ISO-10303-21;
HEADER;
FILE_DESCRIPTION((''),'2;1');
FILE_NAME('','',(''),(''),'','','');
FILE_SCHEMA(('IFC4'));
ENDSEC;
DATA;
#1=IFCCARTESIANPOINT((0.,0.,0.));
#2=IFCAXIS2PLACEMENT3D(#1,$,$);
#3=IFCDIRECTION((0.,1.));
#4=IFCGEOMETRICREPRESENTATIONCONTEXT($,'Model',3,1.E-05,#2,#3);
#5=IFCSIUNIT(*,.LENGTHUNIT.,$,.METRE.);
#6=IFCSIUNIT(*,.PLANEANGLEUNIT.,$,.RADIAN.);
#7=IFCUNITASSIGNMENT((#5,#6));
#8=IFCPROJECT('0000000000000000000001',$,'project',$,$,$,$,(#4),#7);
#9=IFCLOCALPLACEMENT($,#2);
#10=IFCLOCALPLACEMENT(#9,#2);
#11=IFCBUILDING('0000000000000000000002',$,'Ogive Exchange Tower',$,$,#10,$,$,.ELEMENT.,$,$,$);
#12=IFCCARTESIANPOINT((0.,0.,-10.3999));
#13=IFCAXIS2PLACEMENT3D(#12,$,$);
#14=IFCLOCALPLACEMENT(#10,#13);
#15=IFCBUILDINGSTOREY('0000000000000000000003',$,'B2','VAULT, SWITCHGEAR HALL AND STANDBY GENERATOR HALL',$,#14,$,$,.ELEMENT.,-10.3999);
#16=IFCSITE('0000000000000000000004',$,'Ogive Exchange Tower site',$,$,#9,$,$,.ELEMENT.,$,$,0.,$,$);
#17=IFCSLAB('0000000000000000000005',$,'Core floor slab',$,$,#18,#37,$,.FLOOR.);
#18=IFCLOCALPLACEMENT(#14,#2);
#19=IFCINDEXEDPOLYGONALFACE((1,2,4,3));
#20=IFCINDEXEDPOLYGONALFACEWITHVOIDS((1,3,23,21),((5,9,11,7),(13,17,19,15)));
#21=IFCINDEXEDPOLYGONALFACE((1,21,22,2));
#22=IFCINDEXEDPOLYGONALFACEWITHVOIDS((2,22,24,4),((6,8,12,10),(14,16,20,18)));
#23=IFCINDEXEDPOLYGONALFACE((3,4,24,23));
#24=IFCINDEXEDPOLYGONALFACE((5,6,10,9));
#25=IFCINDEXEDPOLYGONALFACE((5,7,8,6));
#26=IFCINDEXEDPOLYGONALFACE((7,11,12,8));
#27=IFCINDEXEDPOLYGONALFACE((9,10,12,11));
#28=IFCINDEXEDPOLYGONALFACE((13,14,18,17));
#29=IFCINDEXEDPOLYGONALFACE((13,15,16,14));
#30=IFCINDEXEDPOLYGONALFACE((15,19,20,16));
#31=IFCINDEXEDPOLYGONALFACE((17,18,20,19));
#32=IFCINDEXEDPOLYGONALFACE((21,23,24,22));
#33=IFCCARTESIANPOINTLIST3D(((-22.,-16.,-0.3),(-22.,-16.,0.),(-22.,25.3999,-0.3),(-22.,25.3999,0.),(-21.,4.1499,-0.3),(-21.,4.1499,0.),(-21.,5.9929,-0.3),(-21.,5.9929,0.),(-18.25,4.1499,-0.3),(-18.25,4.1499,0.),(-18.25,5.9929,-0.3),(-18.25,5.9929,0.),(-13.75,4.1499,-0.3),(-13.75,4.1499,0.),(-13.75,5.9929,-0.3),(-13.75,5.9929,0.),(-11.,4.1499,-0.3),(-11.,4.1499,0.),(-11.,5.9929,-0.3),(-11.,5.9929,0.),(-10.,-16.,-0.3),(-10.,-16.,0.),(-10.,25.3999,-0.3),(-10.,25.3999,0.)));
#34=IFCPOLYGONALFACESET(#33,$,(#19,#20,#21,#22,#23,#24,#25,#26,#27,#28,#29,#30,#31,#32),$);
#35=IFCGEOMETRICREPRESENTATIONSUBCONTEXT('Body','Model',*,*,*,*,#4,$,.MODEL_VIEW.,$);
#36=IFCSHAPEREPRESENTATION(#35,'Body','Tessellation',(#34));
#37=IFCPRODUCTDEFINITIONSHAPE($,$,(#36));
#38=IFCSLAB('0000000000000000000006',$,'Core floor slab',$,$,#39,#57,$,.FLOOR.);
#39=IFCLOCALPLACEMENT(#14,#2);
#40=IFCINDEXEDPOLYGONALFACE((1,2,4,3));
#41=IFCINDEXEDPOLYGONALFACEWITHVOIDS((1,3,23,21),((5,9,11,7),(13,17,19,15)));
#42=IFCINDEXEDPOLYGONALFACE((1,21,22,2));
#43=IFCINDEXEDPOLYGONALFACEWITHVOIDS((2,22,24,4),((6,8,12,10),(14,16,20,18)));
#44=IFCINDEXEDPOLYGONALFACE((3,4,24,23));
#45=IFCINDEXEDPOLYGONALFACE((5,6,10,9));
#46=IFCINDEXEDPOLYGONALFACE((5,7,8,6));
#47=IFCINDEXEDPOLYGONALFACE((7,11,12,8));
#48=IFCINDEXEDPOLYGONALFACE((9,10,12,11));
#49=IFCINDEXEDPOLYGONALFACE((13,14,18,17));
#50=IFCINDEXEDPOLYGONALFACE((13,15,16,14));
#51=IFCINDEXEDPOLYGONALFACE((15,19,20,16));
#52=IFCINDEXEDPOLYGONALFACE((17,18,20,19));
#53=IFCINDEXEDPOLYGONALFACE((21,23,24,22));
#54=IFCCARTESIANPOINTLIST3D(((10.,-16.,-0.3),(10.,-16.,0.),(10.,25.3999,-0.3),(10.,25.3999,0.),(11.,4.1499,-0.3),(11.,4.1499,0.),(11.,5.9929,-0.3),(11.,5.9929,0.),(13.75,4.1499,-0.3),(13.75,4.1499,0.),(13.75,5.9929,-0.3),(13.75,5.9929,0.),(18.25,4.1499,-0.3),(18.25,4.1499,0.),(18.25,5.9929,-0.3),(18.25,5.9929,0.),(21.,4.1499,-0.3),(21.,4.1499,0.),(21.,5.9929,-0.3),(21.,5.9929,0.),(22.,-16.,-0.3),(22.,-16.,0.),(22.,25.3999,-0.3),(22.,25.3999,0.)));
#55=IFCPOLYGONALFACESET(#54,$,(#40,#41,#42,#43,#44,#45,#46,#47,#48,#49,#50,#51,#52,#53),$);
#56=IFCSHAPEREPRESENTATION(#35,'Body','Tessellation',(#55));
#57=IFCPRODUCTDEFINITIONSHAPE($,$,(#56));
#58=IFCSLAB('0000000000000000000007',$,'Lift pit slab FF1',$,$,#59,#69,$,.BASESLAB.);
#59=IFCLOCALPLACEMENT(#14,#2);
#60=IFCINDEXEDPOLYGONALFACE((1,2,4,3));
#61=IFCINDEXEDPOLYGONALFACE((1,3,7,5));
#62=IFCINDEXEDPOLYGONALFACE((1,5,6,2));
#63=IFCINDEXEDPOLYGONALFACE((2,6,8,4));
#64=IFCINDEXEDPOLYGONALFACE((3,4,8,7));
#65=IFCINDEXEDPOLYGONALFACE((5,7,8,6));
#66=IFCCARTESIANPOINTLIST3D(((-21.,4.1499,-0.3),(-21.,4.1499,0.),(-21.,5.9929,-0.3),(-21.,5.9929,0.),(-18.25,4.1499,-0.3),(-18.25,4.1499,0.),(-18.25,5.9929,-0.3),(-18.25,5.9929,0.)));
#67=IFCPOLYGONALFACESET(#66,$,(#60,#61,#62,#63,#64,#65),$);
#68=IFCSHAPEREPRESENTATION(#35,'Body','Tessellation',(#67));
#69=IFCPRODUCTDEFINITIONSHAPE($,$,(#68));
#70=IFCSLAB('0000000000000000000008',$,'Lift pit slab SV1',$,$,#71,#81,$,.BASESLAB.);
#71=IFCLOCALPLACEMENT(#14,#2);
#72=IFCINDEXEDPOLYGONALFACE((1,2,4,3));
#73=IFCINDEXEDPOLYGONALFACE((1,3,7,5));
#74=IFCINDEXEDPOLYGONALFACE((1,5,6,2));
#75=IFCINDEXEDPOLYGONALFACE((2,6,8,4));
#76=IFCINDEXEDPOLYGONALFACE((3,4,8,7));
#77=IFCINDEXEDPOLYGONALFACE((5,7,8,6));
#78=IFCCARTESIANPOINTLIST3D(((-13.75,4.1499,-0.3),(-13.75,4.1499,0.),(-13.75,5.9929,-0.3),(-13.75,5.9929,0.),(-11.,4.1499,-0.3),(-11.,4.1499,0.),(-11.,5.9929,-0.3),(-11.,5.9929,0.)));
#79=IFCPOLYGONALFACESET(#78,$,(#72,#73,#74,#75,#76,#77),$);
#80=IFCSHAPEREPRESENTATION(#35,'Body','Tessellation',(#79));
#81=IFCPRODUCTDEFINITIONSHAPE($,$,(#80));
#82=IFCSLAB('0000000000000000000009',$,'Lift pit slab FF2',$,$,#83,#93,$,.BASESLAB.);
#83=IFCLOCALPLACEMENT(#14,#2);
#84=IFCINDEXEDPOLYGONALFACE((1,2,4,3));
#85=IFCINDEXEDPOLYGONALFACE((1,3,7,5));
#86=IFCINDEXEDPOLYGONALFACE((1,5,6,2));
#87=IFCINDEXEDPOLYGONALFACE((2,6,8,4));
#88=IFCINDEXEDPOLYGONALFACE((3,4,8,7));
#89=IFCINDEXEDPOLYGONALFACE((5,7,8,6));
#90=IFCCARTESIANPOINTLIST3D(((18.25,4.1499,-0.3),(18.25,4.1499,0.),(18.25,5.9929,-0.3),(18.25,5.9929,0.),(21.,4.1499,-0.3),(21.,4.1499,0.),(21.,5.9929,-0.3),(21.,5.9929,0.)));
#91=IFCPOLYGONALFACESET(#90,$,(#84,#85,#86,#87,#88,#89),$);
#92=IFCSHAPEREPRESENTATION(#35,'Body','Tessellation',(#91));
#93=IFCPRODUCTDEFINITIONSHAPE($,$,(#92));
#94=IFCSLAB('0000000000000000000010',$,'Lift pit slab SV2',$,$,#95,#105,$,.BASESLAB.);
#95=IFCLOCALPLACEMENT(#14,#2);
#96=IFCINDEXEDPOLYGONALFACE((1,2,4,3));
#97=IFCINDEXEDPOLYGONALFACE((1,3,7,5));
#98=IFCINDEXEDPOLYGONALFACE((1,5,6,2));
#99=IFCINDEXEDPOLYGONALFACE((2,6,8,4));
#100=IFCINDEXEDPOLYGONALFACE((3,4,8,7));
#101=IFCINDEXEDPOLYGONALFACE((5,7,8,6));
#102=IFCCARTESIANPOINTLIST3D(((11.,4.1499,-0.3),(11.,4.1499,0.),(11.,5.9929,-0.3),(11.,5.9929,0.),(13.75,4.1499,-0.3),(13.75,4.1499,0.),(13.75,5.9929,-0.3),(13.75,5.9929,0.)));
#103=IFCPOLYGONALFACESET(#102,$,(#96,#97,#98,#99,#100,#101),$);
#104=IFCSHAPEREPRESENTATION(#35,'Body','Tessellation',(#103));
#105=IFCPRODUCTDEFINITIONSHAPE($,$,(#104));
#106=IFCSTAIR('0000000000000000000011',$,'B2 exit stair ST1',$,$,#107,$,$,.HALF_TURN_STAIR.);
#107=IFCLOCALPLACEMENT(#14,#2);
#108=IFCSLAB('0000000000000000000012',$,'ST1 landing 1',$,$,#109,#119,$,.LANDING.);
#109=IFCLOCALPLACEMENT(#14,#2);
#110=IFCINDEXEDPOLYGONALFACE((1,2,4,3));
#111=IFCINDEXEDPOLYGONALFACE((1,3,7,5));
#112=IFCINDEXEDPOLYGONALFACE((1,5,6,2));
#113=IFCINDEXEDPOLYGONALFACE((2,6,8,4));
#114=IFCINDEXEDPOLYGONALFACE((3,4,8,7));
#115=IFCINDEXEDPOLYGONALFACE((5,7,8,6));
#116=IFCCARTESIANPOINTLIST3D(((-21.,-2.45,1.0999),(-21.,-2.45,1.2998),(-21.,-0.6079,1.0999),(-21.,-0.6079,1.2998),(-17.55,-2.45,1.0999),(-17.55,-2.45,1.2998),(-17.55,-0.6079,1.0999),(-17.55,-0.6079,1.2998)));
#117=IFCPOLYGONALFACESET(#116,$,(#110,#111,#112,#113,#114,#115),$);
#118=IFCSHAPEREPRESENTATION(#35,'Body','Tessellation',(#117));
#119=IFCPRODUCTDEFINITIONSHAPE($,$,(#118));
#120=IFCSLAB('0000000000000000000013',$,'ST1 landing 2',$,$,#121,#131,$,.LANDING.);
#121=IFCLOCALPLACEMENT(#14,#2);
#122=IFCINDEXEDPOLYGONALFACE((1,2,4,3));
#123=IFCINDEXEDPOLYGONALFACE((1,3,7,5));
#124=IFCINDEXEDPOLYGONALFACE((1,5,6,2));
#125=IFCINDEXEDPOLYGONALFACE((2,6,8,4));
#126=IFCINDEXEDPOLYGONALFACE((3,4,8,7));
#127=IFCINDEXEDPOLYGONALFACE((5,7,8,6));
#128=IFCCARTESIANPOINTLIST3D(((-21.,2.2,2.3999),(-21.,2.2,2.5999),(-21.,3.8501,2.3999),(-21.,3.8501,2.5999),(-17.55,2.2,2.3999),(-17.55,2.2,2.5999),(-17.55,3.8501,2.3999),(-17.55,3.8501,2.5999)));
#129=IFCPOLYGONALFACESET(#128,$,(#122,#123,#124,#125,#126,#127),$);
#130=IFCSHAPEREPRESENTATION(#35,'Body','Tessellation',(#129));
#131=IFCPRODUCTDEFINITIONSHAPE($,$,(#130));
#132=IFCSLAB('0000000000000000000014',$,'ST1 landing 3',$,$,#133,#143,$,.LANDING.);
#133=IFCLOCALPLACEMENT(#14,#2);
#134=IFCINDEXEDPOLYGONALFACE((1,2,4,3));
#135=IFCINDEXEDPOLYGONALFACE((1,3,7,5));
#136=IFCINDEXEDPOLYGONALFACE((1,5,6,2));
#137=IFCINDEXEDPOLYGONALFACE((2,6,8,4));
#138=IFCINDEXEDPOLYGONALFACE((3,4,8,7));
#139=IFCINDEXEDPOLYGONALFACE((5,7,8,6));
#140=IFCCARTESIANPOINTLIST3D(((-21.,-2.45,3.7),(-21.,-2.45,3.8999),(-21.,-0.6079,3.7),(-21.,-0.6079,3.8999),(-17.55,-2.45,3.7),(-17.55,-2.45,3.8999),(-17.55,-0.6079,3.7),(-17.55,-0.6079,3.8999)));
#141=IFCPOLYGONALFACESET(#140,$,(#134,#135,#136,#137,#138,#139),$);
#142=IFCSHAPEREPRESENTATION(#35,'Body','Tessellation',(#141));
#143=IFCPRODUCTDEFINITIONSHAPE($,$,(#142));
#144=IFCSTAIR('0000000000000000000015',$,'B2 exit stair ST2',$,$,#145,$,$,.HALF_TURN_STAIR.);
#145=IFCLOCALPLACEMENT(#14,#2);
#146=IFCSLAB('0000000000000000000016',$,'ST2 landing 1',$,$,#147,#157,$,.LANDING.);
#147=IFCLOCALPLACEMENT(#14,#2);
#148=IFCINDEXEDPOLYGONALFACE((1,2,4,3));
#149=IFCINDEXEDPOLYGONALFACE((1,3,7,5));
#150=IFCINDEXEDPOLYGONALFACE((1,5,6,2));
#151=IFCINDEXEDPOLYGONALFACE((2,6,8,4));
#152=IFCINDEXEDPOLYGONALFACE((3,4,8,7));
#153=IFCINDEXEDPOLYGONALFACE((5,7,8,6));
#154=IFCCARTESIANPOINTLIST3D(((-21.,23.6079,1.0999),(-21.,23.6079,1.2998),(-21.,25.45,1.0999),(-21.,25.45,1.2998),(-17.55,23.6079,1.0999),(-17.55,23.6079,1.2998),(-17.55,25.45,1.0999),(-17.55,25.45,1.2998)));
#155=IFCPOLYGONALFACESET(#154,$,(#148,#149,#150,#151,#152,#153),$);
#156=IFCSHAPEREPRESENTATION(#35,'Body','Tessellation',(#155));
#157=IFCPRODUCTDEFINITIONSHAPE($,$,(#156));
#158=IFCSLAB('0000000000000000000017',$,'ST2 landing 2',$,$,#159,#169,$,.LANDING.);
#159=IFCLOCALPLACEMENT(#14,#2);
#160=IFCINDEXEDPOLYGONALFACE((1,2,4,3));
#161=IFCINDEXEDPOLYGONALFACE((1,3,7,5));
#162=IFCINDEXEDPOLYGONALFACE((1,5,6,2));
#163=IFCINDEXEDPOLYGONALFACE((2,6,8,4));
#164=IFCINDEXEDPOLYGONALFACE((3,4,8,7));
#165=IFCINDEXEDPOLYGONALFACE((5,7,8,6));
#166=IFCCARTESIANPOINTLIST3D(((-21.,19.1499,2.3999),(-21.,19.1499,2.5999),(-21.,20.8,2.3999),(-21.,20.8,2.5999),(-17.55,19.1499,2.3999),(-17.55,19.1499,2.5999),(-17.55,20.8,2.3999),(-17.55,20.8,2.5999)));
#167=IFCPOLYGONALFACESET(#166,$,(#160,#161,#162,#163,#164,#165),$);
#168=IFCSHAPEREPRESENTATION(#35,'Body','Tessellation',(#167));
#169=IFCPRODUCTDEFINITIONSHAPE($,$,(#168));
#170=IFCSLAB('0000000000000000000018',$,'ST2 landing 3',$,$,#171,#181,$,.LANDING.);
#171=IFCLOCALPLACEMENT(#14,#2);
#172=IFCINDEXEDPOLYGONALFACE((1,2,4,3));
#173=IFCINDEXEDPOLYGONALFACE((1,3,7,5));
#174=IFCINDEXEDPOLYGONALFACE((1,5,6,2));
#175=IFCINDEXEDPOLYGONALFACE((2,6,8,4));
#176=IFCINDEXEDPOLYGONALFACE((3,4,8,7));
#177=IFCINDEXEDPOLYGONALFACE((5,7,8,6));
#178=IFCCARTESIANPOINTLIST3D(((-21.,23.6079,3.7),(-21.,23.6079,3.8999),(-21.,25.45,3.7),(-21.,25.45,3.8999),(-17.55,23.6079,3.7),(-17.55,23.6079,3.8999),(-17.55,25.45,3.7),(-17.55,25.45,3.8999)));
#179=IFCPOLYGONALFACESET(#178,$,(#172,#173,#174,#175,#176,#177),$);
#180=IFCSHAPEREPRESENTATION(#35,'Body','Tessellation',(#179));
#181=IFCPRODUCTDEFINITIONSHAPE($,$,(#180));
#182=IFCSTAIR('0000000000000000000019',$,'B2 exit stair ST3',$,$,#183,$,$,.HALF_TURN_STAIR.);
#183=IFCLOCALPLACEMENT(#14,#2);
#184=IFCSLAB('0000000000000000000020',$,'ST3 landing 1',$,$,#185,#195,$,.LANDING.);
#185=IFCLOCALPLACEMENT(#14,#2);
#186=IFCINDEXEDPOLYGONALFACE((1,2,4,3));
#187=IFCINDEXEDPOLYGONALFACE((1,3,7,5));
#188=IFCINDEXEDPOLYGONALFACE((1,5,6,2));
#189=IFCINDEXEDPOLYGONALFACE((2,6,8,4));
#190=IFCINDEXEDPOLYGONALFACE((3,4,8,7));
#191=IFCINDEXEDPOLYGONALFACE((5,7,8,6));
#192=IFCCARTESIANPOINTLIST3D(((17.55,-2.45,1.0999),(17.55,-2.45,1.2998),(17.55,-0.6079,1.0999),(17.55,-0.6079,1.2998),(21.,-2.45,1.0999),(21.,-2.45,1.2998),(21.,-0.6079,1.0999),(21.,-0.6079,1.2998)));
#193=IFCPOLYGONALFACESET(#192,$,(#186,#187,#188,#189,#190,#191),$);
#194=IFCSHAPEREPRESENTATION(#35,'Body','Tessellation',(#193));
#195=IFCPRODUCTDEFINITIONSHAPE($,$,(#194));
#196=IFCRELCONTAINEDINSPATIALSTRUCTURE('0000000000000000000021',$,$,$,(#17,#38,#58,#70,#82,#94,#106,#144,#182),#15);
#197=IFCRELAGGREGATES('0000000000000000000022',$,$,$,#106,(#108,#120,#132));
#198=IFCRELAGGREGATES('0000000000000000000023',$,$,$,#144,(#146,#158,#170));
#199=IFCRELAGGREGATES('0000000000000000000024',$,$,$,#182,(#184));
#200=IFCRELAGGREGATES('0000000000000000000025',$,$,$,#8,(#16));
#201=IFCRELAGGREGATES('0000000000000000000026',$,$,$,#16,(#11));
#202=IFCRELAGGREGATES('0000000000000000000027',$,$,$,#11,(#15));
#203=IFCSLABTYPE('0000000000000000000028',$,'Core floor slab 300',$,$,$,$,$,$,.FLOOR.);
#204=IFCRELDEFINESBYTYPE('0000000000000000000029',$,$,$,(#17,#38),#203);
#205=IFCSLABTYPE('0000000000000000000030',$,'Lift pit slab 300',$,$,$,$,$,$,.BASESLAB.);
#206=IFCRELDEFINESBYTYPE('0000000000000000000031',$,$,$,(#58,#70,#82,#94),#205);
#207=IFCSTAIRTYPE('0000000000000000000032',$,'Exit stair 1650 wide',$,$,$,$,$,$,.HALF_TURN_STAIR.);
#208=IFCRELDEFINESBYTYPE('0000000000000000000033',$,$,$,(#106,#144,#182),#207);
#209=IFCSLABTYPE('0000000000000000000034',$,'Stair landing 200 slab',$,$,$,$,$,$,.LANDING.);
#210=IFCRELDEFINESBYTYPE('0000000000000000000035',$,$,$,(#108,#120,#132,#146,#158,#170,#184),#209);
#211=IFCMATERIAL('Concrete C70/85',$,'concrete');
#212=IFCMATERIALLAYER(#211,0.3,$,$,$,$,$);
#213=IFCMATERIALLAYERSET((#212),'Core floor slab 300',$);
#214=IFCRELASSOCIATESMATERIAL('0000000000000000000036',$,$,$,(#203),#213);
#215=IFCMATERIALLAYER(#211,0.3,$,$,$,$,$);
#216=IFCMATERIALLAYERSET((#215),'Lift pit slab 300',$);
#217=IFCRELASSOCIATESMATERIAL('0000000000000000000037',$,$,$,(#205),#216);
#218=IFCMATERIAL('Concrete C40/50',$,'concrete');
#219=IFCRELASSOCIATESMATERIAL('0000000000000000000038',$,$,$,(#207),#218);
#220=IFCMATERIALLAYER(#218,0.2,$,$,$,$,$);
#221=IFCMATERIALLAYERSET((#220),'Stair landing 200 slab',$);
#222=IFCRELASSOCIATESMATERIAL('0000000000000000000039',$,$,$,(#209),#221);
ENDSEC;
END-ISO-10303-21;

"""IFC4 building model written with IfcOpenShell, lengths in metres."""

from ifc_helpers import new_model, si_unit, direction, frame, origin, place, context, subcontext, project, spatial, polyline, outline, extrude, material, layer, layer_set, type_object, element, aggregate, save


model = new_model("IFC4")

# Units and contexts
model_context = context("Model", 3, precision=1e-05, world=origin(), true_north=direction((0.0, 1.0)))
body_context = subcontext(model_context, "Body", "Model", "MODEL_VIEW")
ifc_project = project(units=[si_unit("LENGTHUNIT", "METRE"), si_unit("PLANEANGLEUNIT", "RADIAN")], contexts=[model_context])

# Site, building, storey
site_placement = place(None, origin())
site = spatial("IfcSite", under=ifc_project, at=site_placement, Name="Ogive Exchange Tower site", CompositionType="ELEMENT", RefElevation=0.0)
building_placement = place(site_placement, origin())
building = spatial("IfcBuilding", under=site, at=building_placement, Name="Ogive Exchange Tower", CompositionType="ELEMENT")
storey_placement = place(building_placement, frame((0.0, 0.0, -10.3999)))
storey = spatial("IfcBuildingStorey", under=building, at=storey_placement, Name="B2", Description="VAULT, SWITCHGEAR HALL AND STANDBY GENERATOR HALL", CompositionType="ELEMENT", Elevation=-10.3999)

# Slabs
ifc_material_1 = material(Name="Concrete C70/85", Category="concrete")
ifc_layer_1 = layer(ifc_material_1, 0.3)
ifc_layer_set_1 = layer_set([ifc_layer_1], Name="Core floor slab 300")
slab_type_1 = type_object("IfcSlabType", Name="Core floor slab 300", PredefinedType="FLOOR", material=ifc_layer_set_1)
slab_1_placement = place(storey_placement, frame((0.0, 0.0, -0.3)))
element("IfcSlab", 1, at=slab_1_placement, inside=storey, type_object=slab_type_1, Name="Core floor slab", PredefinedType="FLOOR", context=body_context, shape_type="SweptSolid", body=[
    extrude(outline(polyline([(-22.0, -16.0), (-22.0, 25.3999), (-10.0, 25.3999), (-10.0, -16.0), (-22.0, -16.0)]), holes=[polyline([(-21.0, 4.1499), (-18.25, 4.1499), (-18.25, 5.9929), (-21.0, 5.9929), (-21.0, 4.1499)]), polyline([(-13.75, 4.1499), (-11.0, 4.1499), (-11.0, 5.9929), (-13.75, 5.9929), (-13.75, 4.1499)])]), origin(), (0.0, 0.0, 1.0), 0.3),
])
slab_2_placement = place(storey_placement, frame((0.0, 0.0, -0.3)))
element("IfcSlab", 2, at=slab_2_placement, inside=storey, type_object=slab_type_1, Name="Core floor slab", PredefinedType="FLOOR", context=body_context, shape_type="SweptSolid", body=[
    extrude(outline(polyline([(10.0, -16.0), (10.0, 25.3999), (22.0, 25.3999), (22.0, -16.0), (10.0, -16.0)]), holes=[polyline([(11.0, 4.1499), (13.75, 4.1499), (13.75, 5.9929), (11.0, 5.9929), (11.0, 4.1499)]), polyline([(18.25, 4.1499), (21.0, 4.1499), (21.0, 5.9929), (18.25, 5.9929), (18.25, 4.1499)])]), origin(), (0.0, 0.0, 1.0), 0.3),
])
ifc_layer_2 = layer(ifc_material_1, 0.3)
ifc_layer_set_2 = layer_set([ifc_layer_2], Name="Lift pit slab 300")
slab_type_2 = type_object("IfcSlabType", Name="Lift pit slab 300", PredefinedType="BASESLAB", material=ifc_layer_set_2)
slab_3_placement = place(storey_placement, frame((0.0, 0.0, -0.3)))
element("IfcSlab", 3, at=slab_3_placement, inside=storey, type_object=slab_type_2, Name="Lift pit slab FF1", PredefinedType="BASESLAB", context=body_context, shape_type="SweptSolid", body=[
    extrude(outline(polyline([(-21.0, 4.1499), (-18.25, 4.1499), (-18.25, 5.9929), (-21.0, 5.9929), (-21.0, 4.1499)])), origin(), (0.0, 0.0, 1.0), 0.3),
])
slab_4_placement = place(storey_placement, frame((0.0, 0.0, -0.3)))
element("IfcSlab", 4, at=slab_4_placement, inside=storey, type_object=slab_type_2, Name="Lift pit slab SV1", PredefinedType="BASESLAB", context=body_context, shape_type="SweptSolid", body=[
    extrude(outline(polyline([(-13.75, 4.1499), (-11.0, 4.1499), (-11.0, 5.9929), (-13.75, 5.9929), (-13.75, 4.1499)])), origin(), (0.0, 0.0, 1.0), 0.3),
])
slab_5_placement = place(storey_placement, frame((0.0, 0.0, -0.3)))
element("IfcSlab", 5, at=slab_5_placement, inside=storey, type_object=slab_type_2, Name="Lift pit slab FF2", PredefinedType="BASESLAB", context=body_context, shape_type="SweptSolid", body=[
    extrude(outline(polyline([(18.25, 4.1499), (21.0, 4.1499), (21.0, 5.9929), (18.25, 5.9929), (18.25, 4.1499)])), origin(), (0.0, 0.0, 1.0), 0.3),
])
slab_6_placement = place(storey_placement, frame((0.0, 0.0, -0.3)))
element("IfcSlab", 6, at=slab_6_placement, inside=storey, type_object=slab_type_2, Name="Lift pit slab SV2", PredefinedType="BASESLAB", context=body_context, shape_type="SweptSolid", body=[
    extrude(outline(polyline([(11.0, 4.1499), (13.75, 4.1499), (13.75, 5.9929), (11.0, 5.9929), (11.0, 4.1499)])), origin(), (0.0, 0.0, 1.0), 0.3),
])

# Stairs, slabs
ifc_material_2 = material(Name="Concrete C40/50", Category="concrete")
stair_type = type_object("IfcStairType", Name="Exit stair 1650 wide", PredefinedType="HALF_TURN_STAIR", material=ifc_material_2)
stair_1_placement = place(storey_placement, origin())
stair_1 = element("IfcStair", 7, at=stair_1_placement, inside=storey, type_object=stair_type, Name="B2 exit stair ST1", PredefinedType="HALF_TURN_STAIR")
ifc_layer_3 = layer(ifc_material_2, 0.2)
ifc_layer_set_3 = layer_set([ifc_layer_3], Name="Stair landing 200 slab")
slab_type_3 = type_object("IfcSlabType", Name="Stair landing 200 slab", PredefinedType="LANDING", material=ifc_layer_set_3)
slab_7_placement = place(storey_placement, frame((0.0, 0.0, 1.0999)))
slab_7 = element("IfcSlab", 8, at=slab_7_placement, type_object=slab_type_3, Name="ST1 landing 1", PredefinedType="LANDING", context=body_context, shape_type="SweptSolid", body=[
    extrude(outline(polyline([(-21.0, -0.6079), (-21.0, -2.45), (-17.55, -2.45), (-17.55, -0.6079), (-21.0, -0.6079)])), origin(), (0.0, 0.0, 1.0), 0.2),
])
slab_8_placement = place(storey_placement, frame((0.0, 0.0, 2.3999)))
slab_8 = element("IfcSlab", 9, at=slab_8_placement, type_object=slab_type_3, Name="ST1 landing 2", PredefinedType="LANDING", context=body_context, shape_type="SweptSolid", body=[
    extrude(outline(polyline([(-21.0, 3.8501), (-21.0, 2.2), (-17.55, 2.2), (-17.55, 3.8501), (-21.0, 3.8501)])), origin(), (0.0, 0.0, 1.0), 0.2),
])
slab_9_placement = place(storey_placement, frame((0.0, 0.0, 3.7)))
slab_9 = element("IfcSlab", 10, at=slab_9_placement, type_object=slab_type_3, Name="ST1 landing 3", PredefinedType="LANDING", context=body_context, shape_type="SweptSolid", body=[
    extrude(outline(polyline([(-21.0, -0.6079), (-21.0, -2.45), (-17.55, -2.45), (-17.55, -0.6079), (-21.0, -0.6079)])), origin(), (0.0, 0.0, 1.0), 0.2),
])
aggregate(stair_1, [slab_7, slab_8, slab_9])
stair_2_placement = place(storey_placement, origin())
stair_2 = element("IfcStair", 11, at=stair_2_placement, inside=storey, type_object=stair_type, Name="B2 exit stair ST2", PredefinedType="HALF_TURN_STAIR")
slab_10_placement = place(storey_placement, frame((0.0, 0.0, 1.0999)))
slab_10 = element("IfcSlab", 12, at=slab_10_placement, type_object=slab_type_3, Name="ST2 landing 1", PredefinedType="LANDING", context=body_context, shape_type="SweptSolid", body=[
    extrude(outline(polyline([(-17.55, 23.6079), (-17.55, 25.45), (-21.0, 25.45), (-21.0, 23.6079), (-17.55, 23.6079)])), origin(), (0.0, 0.0, 1.0), 0.2),
])
slab_11_placement = place(storey_placement, frame((0.0, 0.0, 2.3999)))
slab_11 = element("IfcSlab", 13, at=slab_11_placement, type_object=slab_type_3, Name="ST2 landing 2", PredefinedType="LANDING", context=body_context, shape_type="SweptSolid", body=[
    extrude(outline(polyline([(-17.55, 19.1499), (-17.55, 20.8), (-21.0, 20.8), (-21.0, 19.1499), (-17.55, 19.1499)])), origin(), (0.0, 0.0, 1.0), 0.2),
])
slab_12_placement = place(storey_placement, frame((0.0, 0.0, 3.7)))
slab_12 = element("IfcSlab", 14, at=slab_12_placement, type_object=slab_type_3, Name="ST2 landing 3", PredefinedType="LANDING", context=body_context, shape_type="SweptSolid", body=[
    extrude(outline(polyline([(-17.55, 23.6079), (-17.55, 25.45), (-21.0, 25.45), (-21.0, 23.6079), (-17.55, 23.6079)])), origin(), (0.0, 0.0, 1.0), 0.2),
])
aggregate(stair_2, [slab_10, slab_11, slab_12])
stair_3_placement = place(storey_placement, origin())
stair_3 = element("IfcStair", 15, at=stair_3_placement, inside=storey, type_object=stair_type, Name="B2 exit stair ST3", PredefinedType="HALF_TURN_STAIR")
slab_13_placement = place(storey_placement, frame((0.0, 0.0, 1.0999)))
slab_13 = element("IfcSlab", 16, at=slab_13_placement, type_object=slab_type_3, Name="ST3 landing 1", PredefinedType="LANDING", context=body_context, shape_type="SweptSolid", body=[
    extrude(outline(polyline([(17.55, -0.6079), (17.55, -2.45), (21.0, -2.45), (21.0, -0.6079), (17.55, -0.6079)])), origin(), (0.0, 0.0, 1.0), 0.2),
])
aggregate(stair_3, [slab_13])

save(model, "model.ifc")
